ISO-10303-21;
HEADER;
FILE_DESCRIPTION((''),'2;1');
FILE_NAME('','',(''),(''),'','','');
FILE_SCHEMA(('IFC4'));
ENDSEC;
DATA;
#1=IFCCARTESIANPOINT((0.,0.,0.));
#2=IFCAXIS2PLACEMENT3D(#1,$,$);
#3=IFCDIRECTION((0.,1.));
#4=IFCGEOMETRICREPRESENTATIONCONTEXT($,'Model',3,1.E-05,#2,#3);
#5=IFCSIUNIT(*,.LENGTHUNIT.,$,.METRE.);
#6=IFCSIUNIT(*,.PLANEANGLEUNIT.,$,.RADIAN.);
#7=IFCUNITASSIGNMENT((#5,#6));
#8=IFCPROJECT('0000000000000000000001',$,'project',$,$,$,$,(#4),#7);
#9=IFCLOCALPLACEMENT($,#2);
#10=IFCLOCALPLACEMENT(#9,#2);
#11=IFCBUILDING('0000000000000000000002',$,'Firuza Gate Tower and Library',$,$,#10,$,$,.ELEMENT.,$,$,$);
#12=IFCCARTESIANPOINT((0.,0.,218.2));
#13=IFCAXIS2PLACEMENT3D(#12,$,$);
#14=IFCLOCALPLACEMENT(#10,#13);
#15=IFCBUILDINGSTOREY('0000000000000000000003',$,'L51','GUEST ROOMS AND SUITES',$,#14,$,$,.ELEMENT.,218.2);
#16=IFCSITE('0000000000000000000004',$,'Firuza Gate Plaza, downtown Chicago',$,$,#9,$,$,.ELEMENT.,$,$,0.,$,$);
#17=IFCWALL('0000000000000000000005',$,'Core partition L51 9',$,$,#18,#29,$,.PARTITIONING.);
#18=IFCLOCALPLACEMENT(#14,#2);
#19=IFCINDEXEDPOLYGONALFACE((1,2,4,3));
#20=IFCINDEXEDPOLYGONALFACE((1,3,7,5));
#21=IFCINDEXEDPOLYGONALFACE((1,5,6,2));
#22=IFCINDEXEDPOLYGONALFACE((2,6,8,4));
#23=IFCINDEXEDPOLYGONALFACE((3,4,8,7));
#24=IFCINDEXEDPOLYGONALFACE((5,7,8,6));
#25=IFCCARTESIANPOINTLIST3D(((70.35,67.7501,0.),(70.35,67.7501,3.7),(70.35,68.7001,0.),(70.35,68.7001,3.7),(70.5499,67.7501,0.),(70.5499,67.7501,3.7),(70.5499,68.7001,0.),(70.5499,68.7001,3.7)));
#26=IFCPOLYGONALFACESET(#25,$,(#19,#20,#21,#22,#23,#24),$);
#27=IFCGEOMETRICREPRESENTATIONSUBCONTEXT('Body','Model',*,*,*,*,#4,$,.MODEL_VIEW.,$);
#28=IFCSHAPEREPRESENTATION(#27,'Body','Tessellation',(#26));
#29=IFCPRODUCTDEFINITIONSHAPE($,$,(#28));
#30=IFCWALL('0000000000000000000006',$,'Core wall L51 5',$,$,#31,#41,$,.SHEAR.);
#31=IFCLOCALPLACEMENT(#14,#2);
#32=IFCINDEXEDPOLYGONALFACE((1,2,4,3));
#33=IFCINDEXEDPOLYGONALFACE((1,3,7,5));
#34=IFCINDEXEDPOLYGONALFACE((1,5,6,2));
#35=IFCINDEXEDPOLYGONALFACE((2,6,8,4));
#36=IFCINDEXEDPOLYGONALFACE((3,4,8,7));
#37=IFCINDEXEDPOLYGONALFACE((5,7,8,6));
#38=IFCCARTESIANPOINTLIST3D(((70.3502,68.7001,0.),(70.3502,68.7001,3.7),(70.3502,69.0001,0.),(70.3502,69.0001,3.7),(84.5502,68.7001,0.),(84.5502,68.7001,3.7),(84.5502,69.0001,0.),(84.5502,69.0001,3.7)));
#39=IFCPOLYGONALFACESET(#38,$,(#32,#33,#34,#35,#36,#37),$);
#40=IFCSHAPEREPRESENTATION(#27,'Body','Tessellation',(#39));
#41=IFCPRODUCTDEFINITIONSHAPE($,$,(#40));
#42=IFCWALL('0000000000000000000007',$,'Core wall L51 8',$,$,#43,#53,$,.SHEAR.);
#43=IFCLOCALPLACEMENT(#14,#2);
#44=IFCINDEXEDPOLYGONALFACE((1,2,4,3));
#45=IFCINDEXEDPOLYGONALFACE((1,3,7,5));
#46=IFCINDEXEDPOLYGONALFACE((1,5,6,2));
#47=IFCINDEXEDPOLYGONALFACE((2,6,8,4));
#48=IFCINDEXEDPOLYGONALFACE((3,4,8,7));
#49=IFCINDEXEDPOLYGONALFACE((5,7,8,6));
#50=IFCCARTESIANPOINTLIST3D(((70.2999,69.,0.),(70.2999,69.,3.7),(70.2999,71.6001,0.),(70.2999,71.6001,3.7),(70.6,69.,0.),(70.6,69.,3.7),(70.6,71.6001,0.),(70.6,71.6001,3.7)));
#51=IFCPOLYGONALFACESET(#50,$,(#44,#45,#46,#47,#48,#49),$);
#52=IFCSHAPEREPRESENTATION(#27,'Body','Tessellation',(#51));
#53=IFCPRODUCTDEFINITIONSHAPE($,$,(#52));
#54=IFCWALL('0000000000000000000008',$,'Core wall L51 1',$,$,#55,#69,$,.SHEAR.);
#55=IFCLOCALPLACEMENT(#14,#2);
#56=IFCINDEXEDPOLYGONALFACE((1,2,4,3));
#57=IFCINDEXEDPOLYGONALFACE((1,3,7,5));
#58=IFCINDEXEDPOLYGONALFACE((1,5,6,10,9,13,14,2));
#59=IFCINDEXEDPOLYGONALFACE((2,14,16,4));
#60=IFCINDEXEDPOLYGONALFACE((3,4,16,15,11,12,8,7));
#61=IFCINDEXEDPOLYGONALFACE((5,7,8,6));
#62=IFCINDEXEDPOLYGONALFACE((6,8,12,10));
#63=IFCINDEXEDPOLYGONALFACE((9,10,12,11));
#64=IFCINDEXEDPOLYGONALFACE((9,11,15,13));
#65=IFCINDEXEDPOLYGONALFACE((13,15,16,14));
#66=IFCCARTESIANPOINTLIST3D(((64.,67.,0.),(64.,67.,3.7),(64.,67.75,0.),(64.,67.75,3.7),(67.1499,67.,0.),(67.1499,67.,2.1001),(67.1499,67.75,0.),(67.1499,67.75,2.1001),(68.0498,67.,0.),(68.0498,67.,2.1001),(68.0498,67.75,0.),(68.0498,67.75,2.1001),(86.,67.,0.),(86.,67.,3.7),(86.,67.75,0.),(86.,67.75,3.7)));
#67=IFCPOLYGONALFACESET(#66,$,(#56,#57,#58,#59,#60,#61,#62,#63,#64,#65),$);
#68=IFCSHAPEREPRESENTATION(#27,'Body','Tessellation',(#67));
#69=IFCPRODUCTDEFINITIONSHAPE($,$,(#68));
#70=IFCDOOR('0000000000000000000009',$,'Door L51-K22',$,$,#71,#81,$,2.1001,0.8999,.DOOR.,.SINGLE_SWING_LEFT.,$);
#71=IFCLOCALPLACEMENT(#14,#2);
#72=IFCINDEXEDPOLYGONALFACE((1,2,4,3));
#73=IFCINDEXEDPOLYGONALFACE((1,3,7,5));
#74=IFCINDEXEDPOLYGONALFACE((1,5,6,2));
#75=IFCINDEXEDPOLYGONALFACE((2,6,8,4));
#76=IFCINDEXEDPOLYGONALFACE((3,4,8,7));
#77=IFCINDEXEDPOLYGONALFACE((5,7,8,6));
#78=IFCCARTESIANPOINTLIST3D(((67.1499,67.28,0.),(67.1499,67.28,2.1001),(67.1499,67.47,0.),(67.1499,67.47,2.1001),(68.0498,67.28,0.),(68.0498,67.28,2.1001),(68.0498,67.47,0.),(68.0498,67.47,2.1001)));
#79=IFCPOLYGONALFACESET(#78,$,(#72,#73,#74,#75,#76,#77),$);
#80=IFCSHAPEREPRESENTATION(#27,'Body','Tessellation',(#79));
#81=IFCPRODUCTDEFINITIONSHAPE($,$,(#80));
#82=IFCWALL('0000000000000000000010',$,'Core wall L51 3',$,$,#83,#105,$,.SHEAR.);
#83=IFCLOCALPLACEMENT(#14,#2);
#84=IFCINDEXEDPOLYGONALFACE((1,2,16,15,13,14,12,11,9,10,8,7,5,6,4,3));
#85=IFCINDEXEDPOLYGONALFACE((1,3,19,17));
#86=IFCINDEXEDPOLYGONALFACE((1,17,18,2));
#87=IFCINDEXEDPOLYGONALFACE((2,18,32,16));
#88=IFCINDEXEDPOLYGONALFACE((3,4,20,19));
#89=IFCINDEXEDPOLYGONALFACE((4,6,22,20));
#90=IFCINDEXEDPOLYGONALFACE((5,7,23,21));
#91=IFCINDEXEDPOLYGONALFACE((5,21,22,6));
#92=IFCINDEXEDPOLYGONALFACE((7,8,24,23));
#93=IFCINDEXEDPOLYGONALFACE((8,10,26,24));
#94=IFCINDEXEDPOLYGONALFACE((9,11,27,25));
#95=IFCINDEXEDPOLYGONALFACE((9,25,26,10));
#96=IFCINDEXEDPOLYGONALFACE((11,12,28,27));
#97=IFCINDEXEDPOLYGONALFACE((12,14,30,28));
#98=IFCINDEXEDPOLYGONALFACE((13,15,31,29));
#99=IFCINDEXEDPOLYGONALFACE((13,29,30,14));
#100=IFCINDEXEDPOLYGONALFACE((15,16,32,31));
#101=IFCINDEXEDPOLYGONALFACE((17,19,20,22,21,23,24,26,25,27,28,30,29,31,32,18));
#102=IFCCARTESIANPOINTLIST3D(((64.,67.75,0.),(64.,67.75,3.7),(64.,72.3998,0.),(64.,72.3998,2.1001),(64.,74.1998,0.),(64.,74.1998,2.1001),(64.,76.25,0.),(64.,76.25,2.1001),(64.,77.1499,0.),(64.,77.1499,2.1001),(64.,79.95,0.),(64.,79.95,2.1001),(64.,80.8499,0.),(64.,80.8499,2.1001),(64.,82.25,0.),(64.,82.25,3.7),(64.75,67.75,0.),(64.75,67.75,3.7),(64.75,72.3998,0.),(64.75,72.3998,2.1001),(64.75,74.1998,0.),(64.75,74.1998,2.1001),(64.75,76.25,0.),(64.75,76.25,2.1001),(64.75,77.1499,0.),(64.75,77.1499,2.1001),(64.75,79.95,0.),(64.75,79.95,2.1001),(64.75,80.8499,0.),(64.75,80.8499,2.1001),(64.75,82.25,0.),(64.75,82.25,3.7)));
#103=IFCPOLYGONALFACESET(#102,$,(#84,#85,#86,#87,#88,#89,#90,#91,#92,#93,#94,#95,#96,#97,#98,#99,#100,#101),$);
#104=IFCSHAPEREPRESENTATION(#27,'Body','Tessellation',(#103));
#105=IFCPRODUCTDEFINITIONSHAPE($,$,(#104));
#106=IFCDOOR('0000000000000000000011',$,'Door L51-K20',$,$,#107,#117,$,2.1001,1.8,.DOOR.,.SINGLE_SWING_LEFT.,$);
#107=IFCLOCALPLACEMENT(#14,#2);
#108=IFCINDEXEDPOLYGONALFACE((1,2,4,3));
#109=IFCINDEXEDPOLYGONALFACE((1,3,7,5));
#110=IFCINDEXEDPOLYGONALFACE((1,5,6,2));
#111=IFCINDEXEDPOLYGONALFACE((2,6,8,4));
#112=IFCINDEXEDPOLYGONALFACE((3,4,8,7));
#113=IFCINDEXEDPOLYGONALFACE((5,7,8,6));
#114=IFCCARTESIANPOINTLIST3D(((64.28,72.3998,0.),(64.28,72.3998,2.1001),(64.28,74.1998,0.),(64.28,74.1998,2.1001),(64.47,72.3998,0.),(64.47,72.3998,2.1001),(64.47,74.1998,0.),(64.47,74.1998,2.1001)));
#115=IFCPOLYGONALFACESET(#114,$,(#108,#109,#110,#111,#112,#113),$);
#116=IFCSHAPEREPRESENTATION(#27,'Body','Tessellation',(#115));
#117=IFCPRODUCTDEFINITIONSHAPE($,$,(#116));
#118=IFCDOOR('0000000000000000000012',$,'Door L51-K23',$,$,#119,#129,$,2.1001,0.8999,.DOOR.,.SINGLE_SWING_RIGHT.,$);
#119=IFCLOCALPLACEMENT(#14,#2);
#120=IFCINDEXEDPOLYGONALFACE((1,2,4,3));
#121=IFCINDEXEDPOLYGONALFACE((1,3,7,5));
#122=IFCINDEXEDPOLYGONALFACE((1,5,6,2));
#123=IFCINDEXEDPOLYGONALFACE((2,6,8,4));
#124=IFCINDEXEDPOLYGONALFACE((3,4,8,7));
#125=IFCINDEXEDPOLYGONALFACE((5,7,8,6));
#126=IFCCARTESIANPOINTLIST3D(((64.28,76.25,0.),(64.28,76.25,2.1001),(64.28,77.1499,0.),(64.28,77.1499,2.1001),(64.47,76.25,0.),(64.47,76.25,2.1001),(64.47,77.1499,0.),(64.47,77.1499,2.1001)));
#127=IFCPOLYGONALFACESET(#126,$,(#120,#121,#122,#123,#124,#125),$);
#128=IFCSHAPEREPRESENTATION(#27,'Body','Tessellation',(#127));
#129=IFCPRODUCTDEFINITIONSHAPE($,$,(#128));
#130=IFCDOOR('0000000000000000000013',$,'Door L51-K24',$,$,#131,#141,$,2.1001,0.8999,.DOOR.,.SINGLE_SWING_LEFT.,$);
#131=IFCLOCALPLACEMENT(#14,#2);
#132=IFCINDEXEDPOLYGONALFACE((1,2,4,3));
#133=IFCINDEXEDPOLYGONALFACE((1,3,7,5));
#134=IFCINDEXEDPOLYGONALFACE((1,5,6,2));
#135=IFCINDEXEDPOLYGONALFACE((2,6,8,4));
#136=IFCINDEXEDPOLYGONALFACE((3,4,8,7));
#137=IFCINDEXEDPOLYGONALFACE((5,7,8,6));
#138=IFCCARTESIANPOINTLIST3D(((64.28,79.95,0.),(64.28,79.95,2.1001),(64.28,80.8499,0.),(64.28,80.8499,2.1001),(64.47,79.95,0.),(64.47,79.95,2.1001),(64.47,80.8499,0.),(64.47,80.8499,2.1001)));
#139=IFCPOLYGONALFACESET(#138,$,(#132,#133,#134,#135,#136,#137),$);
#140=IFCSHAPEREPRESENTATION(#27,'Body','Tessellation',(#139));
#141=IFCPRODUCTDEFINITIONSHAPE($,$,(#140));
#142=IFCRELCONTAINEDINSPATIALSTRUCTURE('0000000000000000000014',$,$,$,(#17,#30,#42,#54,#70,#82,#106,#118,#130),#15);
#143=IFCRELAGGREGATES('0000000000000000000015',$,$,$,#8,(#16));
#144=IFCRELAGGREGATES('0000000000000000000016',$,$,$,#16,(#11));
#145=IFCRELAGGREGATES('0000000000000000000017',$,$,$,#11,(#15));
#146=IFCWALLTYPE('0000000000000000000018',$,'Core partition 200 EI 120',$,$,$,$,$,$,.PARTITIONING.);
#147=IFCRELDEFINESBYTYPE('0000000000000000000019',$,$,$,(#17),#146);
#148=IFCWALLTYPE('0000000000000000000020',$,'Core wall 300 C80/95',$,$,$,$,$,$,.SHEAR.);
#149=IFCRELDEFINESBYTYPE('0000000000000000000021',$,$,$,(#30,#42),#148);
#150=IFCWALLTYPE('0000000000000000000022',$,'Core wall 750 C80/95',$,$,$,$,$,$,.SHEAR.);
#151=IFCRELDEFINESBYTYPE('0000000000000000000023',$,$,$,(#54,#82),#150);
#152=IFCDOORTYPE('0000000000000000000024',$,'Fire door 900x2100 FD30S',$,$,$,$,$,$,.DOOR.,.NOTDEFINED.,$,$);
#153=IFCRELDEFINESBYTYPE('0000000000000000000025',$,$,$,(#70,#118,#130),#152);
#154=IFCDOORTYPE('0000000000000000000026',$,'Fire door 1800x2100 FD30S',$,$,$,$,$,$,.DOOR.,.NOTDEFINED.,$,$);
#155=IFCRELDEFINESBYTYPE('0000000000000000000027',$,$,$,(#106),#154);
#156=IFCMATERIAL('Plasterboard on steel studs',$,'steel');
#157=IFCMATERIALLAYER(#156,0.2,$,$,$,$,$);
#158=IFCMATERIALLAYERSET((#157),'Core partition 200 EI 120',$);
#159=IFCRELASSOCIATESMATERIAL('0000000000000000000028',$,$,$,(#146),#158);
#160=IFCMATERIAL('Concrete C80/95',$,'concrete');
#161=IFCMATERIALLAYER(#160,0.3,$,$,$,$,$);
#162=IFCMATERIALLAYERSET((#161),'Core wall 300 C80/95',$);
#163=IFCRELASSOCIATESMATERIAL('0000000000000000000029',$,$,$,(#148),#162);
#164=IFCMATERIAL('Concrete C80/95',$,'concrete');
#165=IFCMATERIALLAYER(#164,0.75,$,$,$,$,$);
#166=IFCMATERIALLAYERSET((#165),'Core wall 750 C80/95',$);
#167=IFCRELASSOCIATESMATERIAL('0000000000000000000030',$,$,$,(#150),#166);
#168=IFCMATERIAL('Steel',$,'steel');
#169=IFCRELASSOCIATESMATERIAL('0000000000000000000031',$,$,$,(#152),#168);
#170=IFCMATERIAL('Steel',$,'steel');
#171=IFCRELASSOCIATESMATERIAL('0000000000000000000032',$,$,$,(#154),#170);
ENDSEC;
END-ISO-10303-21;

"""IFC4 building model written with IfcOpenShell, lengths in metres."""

from ifc_helpers import new_model, si_unit, direction, frame, frame_2d, origin, place, context, subcontext, project, spatial, rectangle, extrude, material, layer, layer_set, type_object, element, fill, save


model = new_model("IFC4")

# Units and contexts
model_context = context("Model", 3, precision=1e-05, world=origin(), true_north=direction((0.0, 1.0)))
body_context = subcontext(model_context, "Body", "Model", "MODEL_VIEW")
ifc_project = project(units=[si_unit("LENGTHUNIT", "METRE"), si_unit("PLANEANGLEUNIT", "RADIAN")], contexts=[model_context])

# Site, building, storey
site_placement = place(None, origin())
site = spatial("IfcSite", under=ifc_project, at=site_placement, Name="Firuza Gate Plaza, downtown Chicago", CompositionType="ELEMENT", RefElevation=0.0)
building_placement = place(site_placement, origin())
building = spatial("IfcBuilding", under=site, at=building_placement, Name="Firuza Gate Tower and Library", CompositionType="ELEMENT")
storey_placement = place(building_placement, frame((0.0, 0.0, 218.2)))
storey = spatial("IfcBuildingStorey", under=building, at=storey_placement, Name="L51", Description="GUEST ROOMS AND SUITES", CompositionType="ELEMENT", Elevation=218.2)

# Walls
ifc_material_1 = material(Name="Plasterboard on steel studs", Category="steel")
ifc_layer_1 = layer(ifc_material_1, 0.2)
ifc_layer_set_1 = layer_set([ifc_layer_1], Name="Core partition 200 EI 120")
wall_type_1 = type_object("IfcWallType", Name="Core partition 200 EI 120", PredefinedType="PARTITIONING", material=ifc_layer_set_1)
wall_1_placement = place(storey_placement, frame((70.45, 67.75, 0.0), z_axis=(0.0, 0.0, 1.0), x_axis=(0.0, 1.0, 0.0)))
element("IfcWall", 1, at=wall_1_placement, inside=storey, type_object=wall_type_1, Name="Core partition L51 9", PredefinedType="PARTITIONING", context=body_context, shape_type="SweptSolid", body=[
    extrude(rectangle(XDim=0.95, YDim=0.2, at=frame_2d((0.4751, 0.0))), origin(), (0.0, 0.0, 1.0), 3.7),
])
ifc_material_2 = material(Name="Concrete C80/95", Category="concrete")
ifc_layer_2 = layer(ifc_material_2, 0.3)
ifc_layer_set_2 = layer_set([ifc_layer_2], Name="Core wall 300 C80/95")
wall_type_2 = type_object("IfcWallType", Name="Core wall 300 C80/95", PredefinedType="SHEAR", material=ifc_layer_set_2)
wall_2_placement = place(storey_placement, frame((70.3501, 68.8501, 0.0), z_axis=(0.0, 0.0, 1.0), x_axis=(1.0, 0.0, 0.0)))
element("IfcWall", 2, at=wall_2_placement, inside=storey, type_object=wall_type_2, Name="Core wall L51 5", PredefinedType="SHEAR", context=body_context, shape_type="SweptSolid", body=[
    extrude(rectangle(XDim=14.2, YDim=0.3, at=frame_2d((7.1001, 0.0))), origin(), (0.0, 0.0, 1.0), 3.7),
])
wall_3_placement = place(storey_placement, frame((70.45, 69.0, 0.0), z_axis=(0.0, 0.0, 1.0), x_axis=(0.0, 1.0, 0.0)))
element("IfcWall", 3, at=wall_3_placement, inside=storey, type_object=wall_type_2, Name="Core wall L51 8", PredefinedType="SHEAR", context=body_context, shape_type="SweptSolid", body=[
    extrude(rectangle(XDim=2.6001, YDim=0.3, at=frame_2d((1.3, 0.0))), origin(), (0.0, 0.0, 1.0), 3.7),
])

# Wall, opening, door
ifc_material_3 = material(Name="Concrete C80/95", Category="concrete")
ifc_layer_3 = layer(ifc_material_3, 0.75)
ifc_layer_set_3 = layer_set([ifc_layer_3], Name="Core wall 750 C80/95")
wall_type_3 = type_object("IfcWallType", Name="Core wall 750 C80/95", PredefinedType="SHEAR", material=ifc_layer_set_3)
wall_4_placement = place(storey_placement, frame((64.0, 67.375, 0.0), z_axis=(0.0, 0.0, 1.0), x_axis=(1.0, 0.0, 0.0)))
wall_4 = element("IfcWall", 4, at=wall_4_placement, inside=storey, type_object=wall_type_3, Name="Core wall L51 1", PredefinedType="SHEAR", context=body_context, shape_type="SweptSolid", body=[
    extrude(rectangle(XDim=22.0, YDim=0.75, at=frame_2d((11.0, 0.0))), origin(), (0.0, 0.0, 1.0), 3.7),
])
opening_1_placement = place(wall_4_placement, frame((3.1499, 0.0, 0.0)))
opening_1 = element("IfcOpeningElement", 5, at=opening_1_placement, cuts=wall_4, PredefinedType="OPENING", context=body_context, shape_type="SweptSolid", body=[
    extrude(rectangle(XDim=0.8999, YDim=2.1001, at=frame_2d((0.45, 1.05))), frame((0.0, 0.385, 0.0), z_axis=(0.0, -1.0, 0.0), x_axis=(1.0, 0.0, 0.0)), (0.0, 0.0, 1.0), 0.77),
])
ifc_material_4 = material(Name="Steel", Category="steel")
door_type_1 = type_object("IfcDoorType", Name="Fire door 900x2100 FD30S", OperationType="NOTDEFINED", PredefinedType="DOOR", material=ifc_material_4)
door_1_placement = place(opening_1_placement, origin())
door_1 = element("IfcDoor", 6, at=door_1_placement, inside=storey, type_object=door_type_1, Name="Door L51-K22", OperationType="SINGLE_SWING_LEFT", OverallHeight=2.1001, OverallWidth=0.8999, PredefinedType="DOOR", context=body_context, shape_type="SweptSolid", body=[
    extrude(rectangle(XDim=0.8999, YDim=2.1001, at=frame_2d((0.45, 1.05))), frame((0.0, 0.095, 0.0), z_axis=(0.0, -1.0, 0.0), x_axis=(1.0, 0.0, 0.0)), (0.0, 0.0, 1.0), 0.1899),
])
fill(opening_1, door_1)

# Wall, openings, doors
wall_5_placement = place(storey_placement, frame((64.375, 67.75, 0.0), z_axis=(0.0, 0.0, 1.0), x_axis=(0.0, 1.0, 0.0)))
wall_5 = element("IfcWall", 7, at=wall_5_placement, inside=storey, type_object=wall_type_3, Name="Core wall L51 3", PredefinedType="SHEAR", context=body_context, shape_type="SweptSolid", body=[
    extrude(rectangle(XDim=14.5, YDim=0.75, at=frame_2d((7.25, 0.0))), origin(), (0.0, 0.0, 1.0), 3.7),
])
opening_2_placement = place(wall_5_placement, frame((4.6499, 0.0, 0.0)))
opening_2 = element("IfcOpeningElement", 8, at=opening_2_placement, cuts=wall_5, PredefinedType="OPENING", context=body_context, shape_type="SweptSolid", body=[
    extrude(rectangle(XDim=1.8, YDim=2.1001, at=frame_2d((0.8999, 1.05))), frame((0.0, 0.385, 0.0), z_axis=(0.0, -1.0, 0.0), x_axis=(1.0, 0.0, 0.0)), (0.0, 0.0, 1.0), 0.77),
])
opening_3_placement = place(wall_5_placement, frame((8.5, 0.0, 0.0)))
opening_3 = element("IfcOpeningElement", 9, at=opening_3_placement, cuts=wall_5, PredefinedType="OPENING", context=body_context, shape_type="SweptSolid", body=[
    extrude(rectangle(XDim=0.8999, YDim=2.1001, at=frame_2d((0.45, 1.05))), frame((0.0, 0.385, 0.0), z_axis=(0.0, -1.0, 0.0), x_axis=(1.0, 0.0, 0.0)), (0.0, 0.0, 1.0), 0.77),
])
opening_4_placement = place(wall_5_placement, frame((12.2, 0.0, 0.0)))
opening_4 = element("IfcOpeningElement", 10, at=opening_4_placement, cuts=wall_5, PredefinedType="OPENING", context=body_context, shape_type="SweptSolid", body=[
    extrude(rectangle(XDim=0.8999, YDim=2.1001, at=frame_2d((0.45, 1.05))), frame((0.0, 0.385, 0.0), z_axis=(0.0, -1.0, 0.0), x_axis=(1.0, 0.0, 0.0)), (0.0, 0.0, 1.0), 0.77),
])
ifc_material_5 = material(Name="Steel", Category="steel")
door_type_2 = type_object("IfcDoorType", Name="Fire door 1800x2100 FD30S", OperationType="NOTDEFINED", PredefinedType="DOOR", material=ifc_material_5)
door_2_placement = place(opening_2_placement, origin())
door_2 = element("IfcDoor", 11, at=door_2_placement, inside=storey, type_object=door_type_2, Name="Door L51-K20", OperationType="SINGLE_SWING_LEFT", OverallHeight=2.1001, OverallWidth=1.8, PredefinedType="DOOR", context=body_context, shape_type="SweptSolid", body=[
    extrude(rectangle(XDim=1.8, YDim=2.1001, at=frame_2d((0.8999, 1.05))), frame((0.0, 0.095, 0.0), z_axis=(0.0, -1.0, 0.0), x_axis=(1.0, 0.0, 0.0)), (0.0, 0.0, 1.0), 0.1899),
])
fill(opening_2, door_2)
door_3_placement = place(opening_3_placement, origin())
door_3 = element("IfcDoor", 12, at=door_3_placement, inside=storey, type_object=door_type_1, Name="Door L51-K23", OperationType="SINGLE_SWING_RIGHT", OverallHeight=2.1001, OverallWidth=0.8999, PredefinedType="DOOR", context=body_context, shape_type="SweptSolid", body=[
    extrude(rectangle(XDim=0.8999, YDim=2.1001, at=frame_2d((0.45, 1.05))), frame((0.0, 0.095, 0.0), z_axis=(0.0, -1.0, 0.0), x_axis=(1.0, 0.0, 0.0)), (0.0, 0.0, 1.0), 0.1899),
])
fill(opening_3, door_3)
door_4_placement = place(opening_4_placement, origin())
door_4 = element("IfcDoor", 13, at=door_4_placement, inside=storey, type_object=door_type_1, Name="Door L51-K24", OperationType="SINGLE_SWING_LEFT", OverallHeight=2.1001, OverallWidth=0.8999, PredefinedType="DOOR", context=body_context, shape_type="SweptSolid", body=[
    extrude(rectangle(XDim=0.8999, YDim=2.1001, at=frame_2d((0.45, 1.05))), frame((0.0, 0.095, 0.0), z_axis=(0.0, -1.0, 0.0), x_axis=(1.0, 0.0, 0.0)), (0.0, 0.0, 1.0), 0.1899),
])
fill(opening_4, door_4)

save(model, "model.ifc")
